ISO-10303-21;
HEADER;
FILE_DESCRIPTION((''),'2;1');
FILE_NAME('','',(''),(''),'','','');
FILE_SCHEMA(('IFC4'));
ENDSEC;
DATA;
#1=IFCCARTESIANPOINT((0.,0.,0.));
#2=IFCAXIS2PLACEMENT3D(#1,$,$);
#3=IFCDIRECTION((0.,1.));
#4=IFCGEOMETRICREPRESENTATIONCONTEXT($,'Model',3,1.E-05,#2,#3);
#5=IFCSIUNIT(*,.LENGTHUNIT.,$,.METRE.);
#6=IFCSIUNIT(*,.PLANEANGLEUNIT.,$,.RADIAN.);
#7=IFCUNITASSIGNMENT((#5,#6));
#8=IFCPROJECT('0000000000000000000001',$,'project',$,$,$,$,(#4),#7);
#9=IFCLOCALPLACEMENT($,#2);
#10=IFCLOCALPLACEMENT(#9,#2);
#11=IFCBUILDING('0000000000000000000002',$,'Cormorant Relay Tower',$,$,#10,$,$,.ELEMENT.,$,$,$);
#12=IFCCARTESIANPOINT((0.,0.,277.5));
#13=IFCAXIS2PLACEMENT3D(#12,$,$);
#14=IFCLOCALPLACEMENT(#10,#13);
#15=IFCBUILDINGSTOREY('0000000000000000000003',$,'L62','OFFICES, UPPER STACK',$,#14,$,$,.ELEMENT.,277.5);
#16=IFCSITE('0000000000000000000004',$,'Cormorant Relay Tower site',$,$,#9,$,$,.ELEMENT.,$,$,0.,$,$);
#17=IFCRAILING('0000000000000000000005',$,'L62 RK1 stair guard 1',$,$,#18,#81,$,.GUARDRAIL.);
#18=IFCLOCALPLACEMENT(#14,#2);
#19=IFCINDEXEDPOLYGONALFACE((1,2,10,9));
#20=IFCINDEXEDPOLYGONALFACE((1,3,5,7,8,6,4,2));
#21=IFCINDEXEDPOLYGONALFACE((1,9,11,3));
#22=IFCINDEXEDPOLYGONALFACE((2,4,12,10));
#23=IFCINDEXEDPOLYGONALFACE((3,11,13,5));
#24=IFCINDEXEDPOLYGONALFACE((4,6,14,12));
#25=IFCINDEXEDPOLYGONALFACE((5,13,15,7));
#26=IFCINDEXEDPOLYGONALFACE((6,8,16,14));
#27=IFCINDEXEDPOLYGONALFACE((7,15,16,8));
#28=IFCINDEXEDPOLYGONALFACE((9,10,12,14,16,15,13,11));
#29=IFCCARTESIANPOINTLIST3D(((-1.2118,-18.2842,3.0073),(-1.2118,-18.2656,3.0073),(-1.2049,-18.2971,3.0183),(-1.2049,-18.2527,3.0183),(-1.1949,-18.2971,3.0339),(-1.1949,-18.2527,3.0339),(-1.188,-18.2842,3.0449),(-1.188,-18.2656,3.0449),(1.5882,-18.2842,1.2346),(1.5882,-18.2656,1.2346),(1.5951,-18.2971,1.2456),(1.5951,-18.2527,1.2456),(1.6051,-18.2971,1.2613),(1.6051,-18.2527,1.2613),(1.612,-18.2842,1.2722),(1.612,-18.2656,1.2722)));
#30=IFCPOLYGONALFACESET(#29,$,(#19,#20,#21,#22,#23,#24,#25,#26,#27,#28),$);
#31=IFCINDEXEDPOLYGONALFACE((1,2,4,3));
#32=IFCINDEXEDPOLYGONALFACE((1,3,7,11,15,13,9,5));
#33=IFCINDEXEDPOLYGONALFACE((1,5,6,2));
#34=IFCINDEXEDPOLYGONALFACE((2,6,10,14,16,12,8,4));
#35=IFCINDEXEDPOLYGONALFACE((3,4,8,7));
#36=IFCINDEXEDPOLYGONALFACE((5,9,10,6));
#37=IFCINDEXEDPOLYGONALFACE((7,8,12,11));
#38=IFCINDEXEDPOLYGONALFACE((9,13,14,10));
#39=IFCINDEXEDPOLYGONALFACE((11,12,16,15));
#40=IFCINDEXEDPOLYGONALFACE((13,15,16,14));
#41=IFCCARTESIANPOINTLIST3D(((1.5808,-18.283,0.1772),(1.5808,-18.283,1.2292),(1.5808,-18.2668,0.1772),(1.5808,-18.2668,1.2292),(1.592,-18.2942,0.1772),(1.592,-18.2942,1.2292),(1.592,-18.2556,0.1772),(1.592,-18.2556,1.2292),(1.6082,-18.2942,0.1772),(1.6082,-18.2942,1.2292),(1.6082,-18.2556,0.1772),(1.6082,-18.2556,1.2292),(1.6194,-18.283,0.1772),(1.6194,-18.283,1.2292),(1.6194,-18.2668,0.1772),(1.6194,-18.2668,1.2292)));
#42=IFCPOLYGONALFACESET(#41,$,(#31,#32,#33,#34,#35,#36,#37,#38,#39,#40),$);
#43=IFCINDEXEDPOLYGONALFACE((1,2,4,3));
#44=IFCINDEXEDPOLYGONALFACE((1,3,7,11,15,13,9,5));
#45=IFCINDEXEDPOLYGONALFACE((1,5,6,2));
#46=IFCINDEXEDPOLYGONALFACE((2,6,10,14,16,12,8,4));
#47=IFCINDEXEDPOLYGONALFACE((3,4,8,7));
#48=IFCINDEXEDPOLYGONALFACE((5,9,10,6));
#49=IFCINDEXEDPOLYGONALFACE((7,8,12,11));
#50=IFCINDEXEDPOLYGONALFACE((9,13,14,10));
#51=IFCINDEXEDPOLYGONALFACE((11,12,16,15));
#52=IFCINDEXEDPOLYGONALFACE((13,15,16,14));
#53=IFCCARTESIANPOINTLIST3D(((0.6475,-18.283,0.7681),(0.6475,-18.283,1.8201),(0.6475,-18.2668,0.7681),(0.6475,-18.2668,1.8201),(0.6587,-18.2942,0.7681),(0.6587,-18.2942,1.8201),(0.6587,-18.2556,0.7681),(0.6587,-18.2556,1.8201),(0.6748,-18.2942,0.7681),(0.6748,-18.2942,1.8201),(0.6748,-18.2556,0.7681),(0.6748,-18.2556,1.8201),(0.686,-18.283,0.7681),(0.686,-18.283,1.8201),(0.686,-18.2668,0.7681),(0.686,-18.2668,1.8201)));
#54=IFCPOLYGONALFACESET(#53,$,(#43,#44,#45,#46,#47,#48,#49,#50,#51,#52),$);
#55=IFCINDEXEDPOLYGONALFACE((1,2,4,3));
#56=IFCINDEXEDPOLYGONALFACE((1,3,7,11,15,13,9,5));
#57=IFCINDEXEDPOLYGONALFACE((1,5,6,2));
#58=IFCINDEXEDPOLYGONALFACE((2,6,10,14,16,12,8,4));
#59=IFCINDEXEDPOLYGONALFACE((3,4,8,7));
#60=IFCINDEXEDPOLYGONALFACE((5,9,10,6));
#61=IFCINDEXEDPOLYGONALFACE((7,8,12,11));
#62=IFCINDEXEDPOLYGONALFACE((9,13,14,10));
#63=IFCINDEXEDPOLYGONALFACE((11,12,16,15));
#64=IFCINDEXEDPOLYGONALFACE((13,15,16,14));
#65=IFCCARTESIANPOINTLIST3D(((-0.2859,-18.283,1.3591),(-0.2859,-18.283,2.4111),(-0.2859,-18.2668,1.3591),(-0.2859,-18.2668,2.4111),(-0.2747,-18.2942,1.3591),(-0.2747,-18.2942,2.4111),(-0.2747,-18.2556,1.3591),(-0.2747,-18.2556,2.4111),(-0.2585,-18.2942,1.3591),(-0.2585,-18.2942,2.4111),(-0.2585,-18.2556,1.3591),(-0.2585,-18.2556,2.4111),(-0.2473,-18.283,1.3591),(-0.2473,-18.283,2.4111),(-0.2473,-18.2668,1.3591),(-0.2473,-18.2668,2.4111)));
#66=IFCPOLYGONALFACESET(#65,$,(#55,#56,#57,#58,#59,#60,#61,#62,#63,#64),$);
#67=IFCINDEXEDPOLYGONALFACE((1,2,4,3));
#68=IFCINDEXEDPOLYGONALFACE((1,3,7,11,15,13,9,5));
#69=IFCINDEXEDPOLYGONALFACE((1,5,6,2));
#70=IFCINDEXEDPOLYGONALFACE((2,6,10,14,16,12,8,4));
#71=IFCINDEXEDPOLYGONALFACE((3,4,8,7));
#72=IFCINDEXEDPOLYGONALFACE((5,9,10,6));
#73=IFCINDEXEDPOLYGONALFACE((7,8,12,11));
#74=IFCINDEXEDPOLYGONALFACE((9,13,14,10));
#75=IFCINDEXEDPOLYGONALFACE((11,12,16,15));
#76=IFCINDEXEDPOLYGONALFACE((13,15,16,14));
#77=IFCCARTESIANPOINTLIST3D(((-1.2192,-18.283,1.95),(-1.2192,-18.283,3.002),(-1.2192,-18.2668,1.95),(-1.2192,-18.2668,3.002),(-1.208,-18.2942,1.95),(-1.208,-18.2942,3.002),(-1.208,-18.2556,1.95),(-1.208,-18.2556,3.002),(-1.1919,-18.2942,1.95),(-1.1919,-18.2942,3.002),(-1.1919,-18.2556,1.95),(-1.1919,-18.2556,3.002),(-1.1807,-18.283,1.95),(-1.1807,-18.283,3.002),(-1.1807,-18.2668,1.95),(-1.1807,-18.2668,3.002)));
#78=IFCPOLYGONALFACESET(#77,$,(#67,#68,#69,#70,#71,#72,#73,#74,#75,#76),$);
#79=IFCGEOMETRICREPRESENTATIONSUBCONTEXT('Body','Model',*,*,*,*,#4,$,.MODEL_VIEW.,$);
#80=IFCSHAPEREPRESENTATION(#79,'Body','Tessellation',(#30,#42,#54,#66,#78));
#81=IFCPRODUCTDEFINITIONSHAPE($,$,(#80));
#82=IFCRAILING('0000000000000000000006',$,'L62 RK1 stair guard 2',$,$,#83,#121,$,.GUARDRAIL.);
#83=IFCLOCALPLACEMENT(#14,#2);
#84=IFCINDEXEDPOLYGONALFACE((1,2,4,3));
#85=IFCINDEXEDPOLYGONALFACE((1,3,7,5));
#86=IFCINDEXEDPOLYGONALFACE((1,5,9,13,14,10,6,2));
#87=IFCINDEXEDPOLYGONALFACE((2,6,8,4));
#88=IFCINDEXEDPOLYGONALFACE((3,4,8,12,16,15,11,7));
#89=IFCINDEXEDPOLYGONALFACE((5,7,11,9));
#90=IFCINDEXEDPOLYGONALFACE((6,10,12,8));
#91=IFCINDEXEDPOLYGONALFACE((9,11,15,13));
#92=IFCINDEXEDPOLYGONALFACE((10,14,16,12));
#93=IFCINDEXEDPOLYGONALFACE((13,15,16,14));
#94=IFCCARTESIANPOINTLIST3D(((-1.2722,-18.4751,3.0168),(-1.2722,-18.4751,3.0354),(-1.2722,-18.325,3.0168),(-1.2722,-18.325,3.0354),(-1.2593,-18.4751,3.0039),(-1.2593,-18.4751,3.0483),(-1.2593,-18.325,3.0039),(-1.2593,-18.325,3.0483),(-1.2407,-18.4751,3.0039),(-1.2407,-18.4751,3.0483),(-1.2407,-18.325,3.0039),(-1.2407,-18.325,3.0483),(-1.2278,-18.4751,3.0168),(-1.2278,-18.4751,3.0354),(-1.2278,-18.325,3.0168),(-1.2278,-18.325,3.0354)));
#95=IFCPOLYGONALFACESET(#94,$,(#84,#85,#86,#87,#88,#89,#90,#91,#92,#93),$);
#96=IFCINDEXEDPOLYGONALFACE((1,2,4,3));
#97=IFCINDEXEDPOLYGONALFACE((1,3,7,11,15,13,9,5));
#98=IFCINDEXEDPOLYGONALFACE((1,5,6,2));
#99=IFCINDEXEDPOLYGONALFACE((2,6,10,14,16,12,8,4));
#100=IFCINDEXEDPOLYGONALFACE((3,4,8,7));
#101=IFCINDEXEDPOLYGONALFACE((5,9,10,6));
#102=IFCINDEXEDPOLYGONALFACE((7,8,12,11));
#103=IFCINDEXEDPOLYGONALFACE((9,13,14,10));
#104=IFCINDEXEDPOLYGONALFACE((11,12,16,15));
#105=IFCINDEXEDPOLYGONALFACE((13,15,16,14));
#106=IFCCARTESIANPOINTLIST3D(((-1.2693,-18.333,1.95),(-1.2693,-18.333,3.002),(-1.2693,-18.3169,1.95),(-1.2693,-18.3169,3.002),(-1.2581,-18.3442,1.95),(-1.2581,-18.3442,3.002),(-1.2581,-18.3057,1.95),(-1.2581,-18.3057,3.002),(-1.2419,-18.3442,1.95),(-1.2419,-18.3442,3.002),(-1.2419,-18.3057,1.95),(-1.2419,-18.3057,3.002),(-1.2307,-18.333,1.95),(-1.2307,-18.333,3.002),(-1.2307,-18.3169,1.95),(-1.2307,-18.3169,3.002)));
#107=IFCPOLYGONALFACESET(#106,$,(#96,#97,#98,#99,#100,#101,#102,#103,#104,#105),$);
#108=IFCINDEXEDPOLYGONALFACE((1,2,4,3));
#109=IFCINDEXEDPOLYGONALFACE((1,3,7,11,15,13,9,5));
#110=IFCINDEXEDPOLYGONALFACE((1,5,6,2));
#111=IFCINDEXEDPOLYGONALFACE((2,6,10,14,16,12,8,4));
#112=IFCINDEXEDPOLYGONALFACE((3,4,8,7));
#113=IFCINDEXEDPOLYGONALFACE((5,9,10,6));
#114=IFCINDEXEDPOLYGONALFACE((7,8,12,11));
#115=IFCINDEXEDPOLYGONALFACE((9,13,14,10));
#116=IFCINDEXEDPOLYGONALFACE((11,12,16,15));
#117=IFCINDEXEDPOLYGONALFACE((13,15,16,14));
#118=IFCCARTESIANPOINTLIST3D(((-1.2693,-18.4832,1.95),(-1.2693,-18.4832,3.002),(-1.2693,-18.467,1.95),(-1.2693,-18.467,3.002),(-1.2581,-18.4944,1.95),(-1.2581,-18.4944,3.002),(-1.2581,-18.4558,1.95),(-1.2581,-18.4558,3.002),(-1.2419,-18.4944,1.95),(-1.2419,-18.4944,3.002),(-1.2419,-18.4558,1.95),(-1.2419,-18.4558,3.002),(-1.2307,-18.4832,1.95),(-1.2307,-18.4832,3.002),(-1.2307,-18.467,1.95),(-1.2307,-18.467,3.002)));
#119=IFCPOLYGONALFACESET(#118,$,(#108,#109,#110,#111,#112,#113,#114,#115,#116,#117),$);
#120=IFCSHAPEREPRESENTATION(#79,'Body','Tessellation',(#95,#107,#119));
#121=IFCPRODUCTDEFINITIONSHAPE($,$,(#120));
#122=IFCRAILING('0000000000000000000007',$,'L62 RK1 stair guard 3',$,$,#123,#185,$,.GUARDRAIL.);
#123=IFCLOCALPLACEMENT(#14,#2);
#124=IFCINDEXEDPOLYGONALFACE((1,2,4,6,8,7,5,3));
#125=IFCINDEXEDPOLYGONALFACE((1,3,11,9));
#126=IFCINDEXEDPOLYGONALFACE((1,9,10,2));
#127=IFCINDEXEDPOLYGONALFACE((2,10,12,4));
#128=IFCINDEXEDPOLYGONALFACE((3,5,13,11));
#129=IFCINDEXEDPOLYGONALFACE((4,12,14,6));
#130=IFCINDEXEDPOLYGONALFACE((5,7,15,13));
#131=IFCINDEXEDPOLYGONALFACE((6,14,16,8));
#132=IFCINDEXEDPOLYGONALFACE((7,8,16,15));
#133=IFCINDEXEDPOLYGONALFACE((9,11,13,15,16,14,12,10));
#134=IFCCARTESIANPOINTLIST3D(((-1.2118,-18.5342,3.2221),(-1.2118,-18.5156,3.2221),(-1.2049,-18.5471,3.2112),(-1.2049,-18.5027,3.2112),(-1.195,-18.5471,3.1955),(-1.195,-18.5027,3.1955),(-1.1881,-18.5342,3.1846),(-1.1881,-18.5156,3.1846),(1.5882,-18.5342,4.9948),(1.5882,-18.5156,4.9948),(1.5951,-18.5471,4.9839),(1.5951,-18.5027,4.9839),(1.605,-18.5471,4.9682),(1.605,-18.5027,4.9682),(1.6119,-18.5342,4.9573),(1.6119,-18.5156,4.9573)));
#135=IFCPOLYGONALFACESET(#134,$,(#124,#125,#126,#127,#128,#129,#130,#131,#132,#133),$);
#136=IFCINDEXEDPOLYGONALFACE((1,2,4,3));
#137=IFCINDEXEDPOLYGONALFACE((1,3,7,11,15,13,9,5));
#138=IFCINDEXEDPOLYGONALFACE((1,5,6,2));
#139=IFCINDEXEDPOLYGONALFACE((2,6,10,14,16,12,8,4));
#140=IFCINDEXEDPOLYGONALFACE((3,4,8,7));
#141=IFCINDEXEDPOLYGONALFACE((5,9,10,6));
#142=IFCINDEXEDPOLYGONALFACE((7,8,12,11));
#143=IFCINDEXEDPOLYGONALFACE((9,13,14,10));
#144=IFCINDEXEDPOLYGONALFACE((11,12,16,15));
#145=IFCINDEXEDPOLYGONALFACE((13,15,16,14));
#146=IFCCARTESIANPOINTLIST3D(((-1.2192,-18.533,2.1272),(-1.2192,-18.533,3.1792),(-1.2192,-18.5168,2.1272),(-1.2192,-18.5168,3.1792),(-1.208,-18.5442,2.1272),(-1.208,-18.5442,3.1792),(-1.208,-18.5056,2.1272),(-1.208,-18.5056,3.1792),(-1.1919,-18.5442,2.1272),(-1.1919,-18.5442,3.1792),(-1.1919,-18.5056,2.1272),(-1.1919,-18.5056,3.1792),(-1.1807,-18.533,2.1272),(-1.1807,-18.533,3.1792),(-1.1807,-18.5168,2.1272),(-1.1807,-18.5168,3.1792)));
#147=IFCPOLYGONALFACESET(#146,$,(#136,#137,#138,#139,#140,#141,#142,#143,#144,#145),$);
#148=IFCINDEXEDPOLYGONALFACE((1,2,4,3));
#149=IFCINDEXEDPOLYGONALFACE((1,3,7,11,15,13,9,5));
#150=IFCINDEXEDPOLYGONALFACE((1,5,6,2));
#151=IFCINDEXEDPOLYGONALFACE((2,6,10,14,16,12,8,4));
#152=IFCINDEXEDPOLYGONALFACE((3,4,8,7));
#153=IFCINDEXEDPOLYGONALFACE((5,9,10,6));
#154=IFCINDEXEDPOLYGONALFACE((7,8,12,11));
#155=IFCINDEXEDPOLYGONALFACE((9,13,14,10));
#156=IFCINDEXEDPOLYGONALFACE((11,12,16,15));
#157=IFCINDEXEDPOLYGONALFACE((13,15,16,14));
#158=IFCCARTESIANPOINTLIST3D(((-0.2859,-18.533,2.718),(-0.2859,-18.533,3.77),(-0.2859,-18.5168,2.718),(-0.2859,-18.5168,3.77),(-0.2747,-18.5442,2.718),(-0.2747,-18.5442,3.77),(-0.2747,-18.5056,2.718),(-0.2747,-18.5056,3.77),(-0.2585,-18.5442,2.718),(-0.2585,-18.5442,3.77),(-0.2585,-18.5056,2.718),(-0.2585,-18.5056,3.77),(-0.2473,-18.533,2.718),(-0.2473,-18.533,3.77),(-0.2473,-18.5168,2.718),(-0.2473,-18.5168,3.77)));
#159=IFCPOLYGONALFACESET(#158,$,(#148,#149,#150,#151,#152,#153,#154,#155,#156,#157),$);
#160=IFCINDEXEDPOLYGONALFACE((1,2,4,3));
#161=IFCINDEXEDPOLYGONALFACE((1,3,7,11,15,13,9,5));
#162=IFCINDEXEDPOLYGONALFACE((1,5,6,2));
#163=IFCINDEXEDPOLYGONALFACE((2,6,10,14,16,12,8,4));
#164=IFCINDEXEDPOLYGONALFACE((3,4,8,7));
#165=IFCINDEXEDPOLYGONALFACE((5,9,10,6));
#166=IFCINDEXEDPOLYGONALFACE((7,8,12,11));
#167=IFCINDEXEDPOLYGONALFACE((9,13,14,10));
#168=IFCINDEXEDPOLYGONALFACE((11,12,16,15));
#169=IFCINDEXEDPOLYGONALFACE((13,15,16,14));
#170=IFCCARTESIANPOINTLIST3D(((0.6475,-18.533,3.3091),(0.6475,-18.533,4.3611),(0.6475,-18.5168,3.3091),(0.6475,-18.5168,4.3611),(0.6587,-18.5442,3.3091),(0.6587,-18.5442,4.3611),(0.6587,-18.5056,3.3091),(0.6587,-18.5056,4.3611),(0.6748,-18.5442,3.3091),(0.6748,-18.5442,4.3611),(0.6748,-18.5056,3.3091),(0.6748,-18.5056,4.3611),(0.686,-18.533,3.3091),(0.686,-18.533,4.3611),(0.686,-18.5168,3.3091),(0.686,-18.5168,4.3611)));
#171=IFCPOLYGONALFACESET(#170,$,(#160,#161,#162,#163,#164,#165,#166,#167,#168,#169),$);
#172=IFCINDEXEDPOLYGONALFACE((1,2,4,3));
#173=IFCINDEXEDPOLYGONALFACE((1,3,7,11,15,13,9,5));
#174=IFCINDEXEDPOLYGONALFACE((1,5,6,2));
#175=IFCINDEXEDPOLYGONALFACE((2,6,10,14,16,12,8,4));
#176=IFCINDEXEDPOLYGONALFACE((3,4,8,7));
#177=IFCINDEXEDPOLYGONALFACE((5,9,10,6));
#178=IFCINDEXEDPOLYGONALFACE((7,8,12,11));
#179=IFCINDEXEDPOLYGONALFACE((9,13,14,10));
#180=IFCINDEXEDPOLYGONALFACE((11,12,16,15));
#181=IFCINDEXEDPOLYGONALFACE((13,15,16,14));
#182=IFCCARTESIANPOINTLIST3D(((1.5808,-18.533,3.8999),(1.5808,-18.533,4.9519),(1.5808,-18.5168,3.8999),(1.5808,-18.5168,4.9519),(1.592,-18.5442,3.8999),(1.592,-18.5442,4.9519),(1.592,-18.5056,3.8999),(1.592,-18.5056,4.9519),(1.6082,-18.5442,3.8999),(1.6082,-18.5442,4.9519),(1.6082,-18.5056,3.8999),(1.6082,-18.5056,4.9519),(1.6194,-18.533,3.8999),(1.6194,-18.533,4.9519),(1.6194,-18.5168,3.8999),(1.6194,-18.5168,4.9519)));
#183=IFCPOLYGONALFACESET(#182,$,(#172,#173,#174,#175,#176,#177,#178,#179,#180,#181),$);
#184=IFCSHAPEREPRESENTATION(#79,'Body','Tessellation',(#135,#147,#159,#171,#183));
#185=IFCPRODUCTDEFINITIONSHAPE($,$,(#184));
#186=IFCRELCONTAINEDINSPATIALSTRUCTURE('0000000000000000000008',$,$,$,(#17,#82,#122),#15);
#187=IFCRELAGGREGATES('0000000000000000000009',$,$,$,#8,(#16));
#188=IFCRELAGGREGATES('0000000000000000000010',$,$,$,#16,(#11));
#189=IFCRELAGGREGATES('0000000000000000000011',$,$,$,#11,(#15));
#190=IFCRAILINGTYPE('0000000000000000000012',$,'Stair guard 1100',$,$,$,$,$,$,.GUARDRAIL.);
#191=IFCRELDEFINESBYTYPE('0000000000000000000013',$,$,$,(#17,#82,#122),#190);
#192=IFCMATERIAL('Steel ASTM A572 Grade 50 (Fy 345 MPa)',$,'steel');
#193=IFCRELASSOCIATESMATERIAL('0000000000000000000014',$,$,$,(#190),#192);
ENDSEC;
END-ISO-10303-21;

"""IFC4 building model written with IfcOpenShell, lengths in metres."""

from ifc_helpers import new_model, si_unit, direction, frame, origin, place, context, subcontext, project, spatial, polyline, outline, extrude, material, type_object, element, save


model = new_model("IFC4")

# Units and contexts
model_context = context("Model", 3, precision=1e-05, world=origin(), true_north=direction((0.0, 1.0)))
body_context = subcontext(model_context, "Body", "Model", "MODEL_VIEW")
ifc_project = project(units=[si_unit("LENGTHUNIT", "METRE"), si_unit("PLANEANGLEUNIT", "RADIAN")], contexts=[model_context])

# Site, building, storey
site_placement = place(None, origin())
site = spatial("IfcSite", under=ifc_project, at=site_placement, Name="Cormorant Relay Tower site", CompositionType="ELEMENT", RefElevation=0.0)
building_placement = place(site_placement, origin())
building = spatial("IfcBuilding", under=site, at=building_placement, Name="Cormorant Relay Tower", CompositionType="ELEMENT")
storey_placement = place(building_placement, frame((0.0, 0.0, 277.5)))
storey = spatial("IfcBuildingStorey", under=building, at=storey_placement, Name="L62", Description="OFFICES, UPPER STACK", CompositionType="ELEMENT", Elevation=277.5)

# Railings
ifc_material_1 = material(Name="Steel ASTM A572 Grade 50 (Fy 345 MPa)", Category="steel")
railing_type_1 = type_object("IfcRailingType", Name="Stair guard 1100", PredefinedType="GUARDRAIL", material=ifc_material_1)
railing_1_placement = place(storey_placement, frame((1.6001, -18.2749, 0.1772)))
element("IfcRailing", 1, at=railing_1_placement, inside=storey, type_object=railing_type_1, Name="L62 RK1 stair guard 1", PredefinedType="GUARDRAIL", context=body_context, shape_type="SweptSolid", body=[
    extrude(outline(polyline([(0.0222, 0.0093), (0.0093, 0.0222), (-0.0093, 0.0222), (-0.0222, 0.0093), (-0.0222, -0.0093), (-0.0093, -0.0222), (0.0093, -0.0222), (0.0222, -0.0093), (0.0222, 0.0093)])), frame((0.0, 0.0, 1.0762), z_axis=(-0.844909, 0.0, 0.53491), x_axis=(0.0, -1.0, 0.0)), (0.0, 0.0, 1.0), 3.314),
    extrude(outline(polyline([(0.0193, 0.0081), (0.0081, 0.0193), (-0.0081, 0.0193), (-0.0193, 0.0081), (-0.0193, -0.0081), (-0.0081, -0.0193), (0.0081, -0.0193), (0.0193, -0.0081), (0.0193, 0.0081)])), origin(), (0.0, 0.0, 1.0), 1.052),
    extrude(outline(polyline([(0.0193, 0.0081), (0.0081, 0.0193), (-0.0081, 0.0193), (-0.0193, 0.0081), (-0.0193, -0.0081), (-0.0081, -0.0193), (0.0081, -0.0193), (0.0193, -0.0081), (0.0193, 0.0081)])), frame((-0.9333, 0.0, 0.5908)), (0.0, 0.0, 1.0), 1.052),
    extrude(outline(polyline([(0.0193, 0.0081), (0.0081, 0.0193), (-0.0081, 0.0193), (-0.0193, 0.0081), (-0.0193, -0.0081), (-0.0081, -0.0193), (0.0081, -0.0193), (0.0193, -0.0081), (0.0193, 0.0081)])), frame((-1.8667, 0.0, 1.1819)), (0.0, 0.0, 1.0), 1.052),
    extrude(outline(polyline([(0.0193, 0.0081), (0.0081, 0.0193), (-0.0081, 0.0193), (-0.0193, 0.0081), (-0.0193, -0.0081), (-0.0081, -0.0193), (0.0081, -0.0193), (0.0193, -0.0081), (0.0193, 0.0081)])), frame((-2.8, 0.0, 1.7727)), (0.0, 0.0, 1.0), 1.052),
])
railing_2_placement = place(storey_placement, frame((-1.25, -18.325, 1.95)))
element("IfcRailing", 2, at=railing_2_placement, inside=storey, type_object=railing_type_1, Name="L62 RK1 stair guard 2", PredefinedType="GUARDRAIL", context=body_context, shape_type="SweptSolid", body=[
    extrude(outline(polyline([(0.0222, 0.0093), (0.0093, 0.0222), (-0.0093, 0.0222), (-0.0222, 0.0093), (-0.0222, -0.0093), (-0.0093, -0.0222), (0.0093, -0.0222), (0.0222, -0.0093), (0.0222, 0.0093)])), frame((0.0, 0.0, 1.0762), z_axis=(0.0, -1.0, 0.0), x_axis=(1.0, 0.0, 0.0)), (0.0, 0.0, 1.0), 0.1501),
    extrude(outline(polyline([(0.0193, 0.0081), (0.0081, 0.0193), (-0.0081, 0.0193), (-0.0193, 0.0081), (-0.0193, -0.0081), (-0.0081, -0.0193), (0.0081, -0.0193), (0.0193, -0.0081), (0.0193, 0.0081)])), origin(), (0.0, 0.0, 1.0), 1.052),
    extrude(outline(polyline([(0.0193, 0.0081), (0.0081, 0.0193), (-0.0081, 0.0193), (-0.0193, 0.0081), (-0.0193, -0.0081), (-0.0081, -0.0193), (0.0081, -0.0193), (0.0193, -0.0081), (0.0193, 0.0081)])), frame((0.0, -0.1501, 0.0)), (0.0, 0.0, 1.0), 1.052),
])
railing_3_placement = place(storey_placement, frame((-1.2, -18.5249, 2.1272)))
element("IfcRailing", 3, at=railing_3_placement, inside=storey, type_object=railing_type_1, Name="L62 RK1 stair guard 3", PredefinedType="GUARDRAIL", context=body_context, shape_type="SweptSolid", body=[
    extrude(outline(polyline([(0.0222, 0.0093), (0.0093, 0.0222), (-0.0093, 0.0222), (-0.0222, 0.0093), (-0.0222, -0.0093), (-0.0093, -0.0222), (0.0093, -0.0222), (0.0222, -0.0093), (0.0222, 0.0093)])), frame((0.0, 0.0, 1.0762), z_axis=(0.844909, 0.0, 0.53491), x_axis=(0.0, 1.0, 0.0)), (0.0, 0.0, 1.0), 3.314),
    extrude(outline(polyline([(0.0193, 0.0081), (0.0081, 0.0193), (-0.0081, 0.0193), (-0.0193, 0.0081), (-0.0193, -0.0081), (-0.0081, -0.0193), (0.0081, -0.0193), (0.0193, -0.0081), (0.0193, 0.0081)])), origin(), (0.0, 0.0, 1.0), 1.052),
    extrude(outline(polyline([(0.0193, 0.0081), (0.0081, 0.0193), (-0.0081, 0.0193), (-0.0193, 0.0081), (-0.0193, -0.0081), (-0.0081, -0.0193), (0.0081, -0.0193), (0.0193, -0.0081), (0.0193, 0.0081)])), frame((0.9333, 0.0, 0.5908)), (0.0, 0.0, 1.0), 1.052),
    extrude(outline(polyline([(0.0193, 0.0081), (0.0081, 0.0193), (-0.0081, 0.0193), (-0.0193, 0.0081), (-0.0193, -0.0081), (-0.0081, -0.0193), (0.0081, -0.0193), (0.0193, -0.0081), (0.0193, 0.0081)])), frame((1.8667, 0.0, 1.1819)), (0.0, 0.0, 1.0), 1.052),
    extrude(outline(polyline([(0.0193, 0.0081), (0.0081, 0.0193), (-0.0081, 0.0193), (-0.0193, 0.0081), (-0.0193, -0.0081), (-0.0081, -0.0193), (0.0081, -0.0193), (0.0193, -0.0081), (0.0193, 0.0081)])), frame((2.8, 0.0, 1.7727)), (0.0, 0.0, 1.0), 1.052),
])

save(model, "model.ifc")
